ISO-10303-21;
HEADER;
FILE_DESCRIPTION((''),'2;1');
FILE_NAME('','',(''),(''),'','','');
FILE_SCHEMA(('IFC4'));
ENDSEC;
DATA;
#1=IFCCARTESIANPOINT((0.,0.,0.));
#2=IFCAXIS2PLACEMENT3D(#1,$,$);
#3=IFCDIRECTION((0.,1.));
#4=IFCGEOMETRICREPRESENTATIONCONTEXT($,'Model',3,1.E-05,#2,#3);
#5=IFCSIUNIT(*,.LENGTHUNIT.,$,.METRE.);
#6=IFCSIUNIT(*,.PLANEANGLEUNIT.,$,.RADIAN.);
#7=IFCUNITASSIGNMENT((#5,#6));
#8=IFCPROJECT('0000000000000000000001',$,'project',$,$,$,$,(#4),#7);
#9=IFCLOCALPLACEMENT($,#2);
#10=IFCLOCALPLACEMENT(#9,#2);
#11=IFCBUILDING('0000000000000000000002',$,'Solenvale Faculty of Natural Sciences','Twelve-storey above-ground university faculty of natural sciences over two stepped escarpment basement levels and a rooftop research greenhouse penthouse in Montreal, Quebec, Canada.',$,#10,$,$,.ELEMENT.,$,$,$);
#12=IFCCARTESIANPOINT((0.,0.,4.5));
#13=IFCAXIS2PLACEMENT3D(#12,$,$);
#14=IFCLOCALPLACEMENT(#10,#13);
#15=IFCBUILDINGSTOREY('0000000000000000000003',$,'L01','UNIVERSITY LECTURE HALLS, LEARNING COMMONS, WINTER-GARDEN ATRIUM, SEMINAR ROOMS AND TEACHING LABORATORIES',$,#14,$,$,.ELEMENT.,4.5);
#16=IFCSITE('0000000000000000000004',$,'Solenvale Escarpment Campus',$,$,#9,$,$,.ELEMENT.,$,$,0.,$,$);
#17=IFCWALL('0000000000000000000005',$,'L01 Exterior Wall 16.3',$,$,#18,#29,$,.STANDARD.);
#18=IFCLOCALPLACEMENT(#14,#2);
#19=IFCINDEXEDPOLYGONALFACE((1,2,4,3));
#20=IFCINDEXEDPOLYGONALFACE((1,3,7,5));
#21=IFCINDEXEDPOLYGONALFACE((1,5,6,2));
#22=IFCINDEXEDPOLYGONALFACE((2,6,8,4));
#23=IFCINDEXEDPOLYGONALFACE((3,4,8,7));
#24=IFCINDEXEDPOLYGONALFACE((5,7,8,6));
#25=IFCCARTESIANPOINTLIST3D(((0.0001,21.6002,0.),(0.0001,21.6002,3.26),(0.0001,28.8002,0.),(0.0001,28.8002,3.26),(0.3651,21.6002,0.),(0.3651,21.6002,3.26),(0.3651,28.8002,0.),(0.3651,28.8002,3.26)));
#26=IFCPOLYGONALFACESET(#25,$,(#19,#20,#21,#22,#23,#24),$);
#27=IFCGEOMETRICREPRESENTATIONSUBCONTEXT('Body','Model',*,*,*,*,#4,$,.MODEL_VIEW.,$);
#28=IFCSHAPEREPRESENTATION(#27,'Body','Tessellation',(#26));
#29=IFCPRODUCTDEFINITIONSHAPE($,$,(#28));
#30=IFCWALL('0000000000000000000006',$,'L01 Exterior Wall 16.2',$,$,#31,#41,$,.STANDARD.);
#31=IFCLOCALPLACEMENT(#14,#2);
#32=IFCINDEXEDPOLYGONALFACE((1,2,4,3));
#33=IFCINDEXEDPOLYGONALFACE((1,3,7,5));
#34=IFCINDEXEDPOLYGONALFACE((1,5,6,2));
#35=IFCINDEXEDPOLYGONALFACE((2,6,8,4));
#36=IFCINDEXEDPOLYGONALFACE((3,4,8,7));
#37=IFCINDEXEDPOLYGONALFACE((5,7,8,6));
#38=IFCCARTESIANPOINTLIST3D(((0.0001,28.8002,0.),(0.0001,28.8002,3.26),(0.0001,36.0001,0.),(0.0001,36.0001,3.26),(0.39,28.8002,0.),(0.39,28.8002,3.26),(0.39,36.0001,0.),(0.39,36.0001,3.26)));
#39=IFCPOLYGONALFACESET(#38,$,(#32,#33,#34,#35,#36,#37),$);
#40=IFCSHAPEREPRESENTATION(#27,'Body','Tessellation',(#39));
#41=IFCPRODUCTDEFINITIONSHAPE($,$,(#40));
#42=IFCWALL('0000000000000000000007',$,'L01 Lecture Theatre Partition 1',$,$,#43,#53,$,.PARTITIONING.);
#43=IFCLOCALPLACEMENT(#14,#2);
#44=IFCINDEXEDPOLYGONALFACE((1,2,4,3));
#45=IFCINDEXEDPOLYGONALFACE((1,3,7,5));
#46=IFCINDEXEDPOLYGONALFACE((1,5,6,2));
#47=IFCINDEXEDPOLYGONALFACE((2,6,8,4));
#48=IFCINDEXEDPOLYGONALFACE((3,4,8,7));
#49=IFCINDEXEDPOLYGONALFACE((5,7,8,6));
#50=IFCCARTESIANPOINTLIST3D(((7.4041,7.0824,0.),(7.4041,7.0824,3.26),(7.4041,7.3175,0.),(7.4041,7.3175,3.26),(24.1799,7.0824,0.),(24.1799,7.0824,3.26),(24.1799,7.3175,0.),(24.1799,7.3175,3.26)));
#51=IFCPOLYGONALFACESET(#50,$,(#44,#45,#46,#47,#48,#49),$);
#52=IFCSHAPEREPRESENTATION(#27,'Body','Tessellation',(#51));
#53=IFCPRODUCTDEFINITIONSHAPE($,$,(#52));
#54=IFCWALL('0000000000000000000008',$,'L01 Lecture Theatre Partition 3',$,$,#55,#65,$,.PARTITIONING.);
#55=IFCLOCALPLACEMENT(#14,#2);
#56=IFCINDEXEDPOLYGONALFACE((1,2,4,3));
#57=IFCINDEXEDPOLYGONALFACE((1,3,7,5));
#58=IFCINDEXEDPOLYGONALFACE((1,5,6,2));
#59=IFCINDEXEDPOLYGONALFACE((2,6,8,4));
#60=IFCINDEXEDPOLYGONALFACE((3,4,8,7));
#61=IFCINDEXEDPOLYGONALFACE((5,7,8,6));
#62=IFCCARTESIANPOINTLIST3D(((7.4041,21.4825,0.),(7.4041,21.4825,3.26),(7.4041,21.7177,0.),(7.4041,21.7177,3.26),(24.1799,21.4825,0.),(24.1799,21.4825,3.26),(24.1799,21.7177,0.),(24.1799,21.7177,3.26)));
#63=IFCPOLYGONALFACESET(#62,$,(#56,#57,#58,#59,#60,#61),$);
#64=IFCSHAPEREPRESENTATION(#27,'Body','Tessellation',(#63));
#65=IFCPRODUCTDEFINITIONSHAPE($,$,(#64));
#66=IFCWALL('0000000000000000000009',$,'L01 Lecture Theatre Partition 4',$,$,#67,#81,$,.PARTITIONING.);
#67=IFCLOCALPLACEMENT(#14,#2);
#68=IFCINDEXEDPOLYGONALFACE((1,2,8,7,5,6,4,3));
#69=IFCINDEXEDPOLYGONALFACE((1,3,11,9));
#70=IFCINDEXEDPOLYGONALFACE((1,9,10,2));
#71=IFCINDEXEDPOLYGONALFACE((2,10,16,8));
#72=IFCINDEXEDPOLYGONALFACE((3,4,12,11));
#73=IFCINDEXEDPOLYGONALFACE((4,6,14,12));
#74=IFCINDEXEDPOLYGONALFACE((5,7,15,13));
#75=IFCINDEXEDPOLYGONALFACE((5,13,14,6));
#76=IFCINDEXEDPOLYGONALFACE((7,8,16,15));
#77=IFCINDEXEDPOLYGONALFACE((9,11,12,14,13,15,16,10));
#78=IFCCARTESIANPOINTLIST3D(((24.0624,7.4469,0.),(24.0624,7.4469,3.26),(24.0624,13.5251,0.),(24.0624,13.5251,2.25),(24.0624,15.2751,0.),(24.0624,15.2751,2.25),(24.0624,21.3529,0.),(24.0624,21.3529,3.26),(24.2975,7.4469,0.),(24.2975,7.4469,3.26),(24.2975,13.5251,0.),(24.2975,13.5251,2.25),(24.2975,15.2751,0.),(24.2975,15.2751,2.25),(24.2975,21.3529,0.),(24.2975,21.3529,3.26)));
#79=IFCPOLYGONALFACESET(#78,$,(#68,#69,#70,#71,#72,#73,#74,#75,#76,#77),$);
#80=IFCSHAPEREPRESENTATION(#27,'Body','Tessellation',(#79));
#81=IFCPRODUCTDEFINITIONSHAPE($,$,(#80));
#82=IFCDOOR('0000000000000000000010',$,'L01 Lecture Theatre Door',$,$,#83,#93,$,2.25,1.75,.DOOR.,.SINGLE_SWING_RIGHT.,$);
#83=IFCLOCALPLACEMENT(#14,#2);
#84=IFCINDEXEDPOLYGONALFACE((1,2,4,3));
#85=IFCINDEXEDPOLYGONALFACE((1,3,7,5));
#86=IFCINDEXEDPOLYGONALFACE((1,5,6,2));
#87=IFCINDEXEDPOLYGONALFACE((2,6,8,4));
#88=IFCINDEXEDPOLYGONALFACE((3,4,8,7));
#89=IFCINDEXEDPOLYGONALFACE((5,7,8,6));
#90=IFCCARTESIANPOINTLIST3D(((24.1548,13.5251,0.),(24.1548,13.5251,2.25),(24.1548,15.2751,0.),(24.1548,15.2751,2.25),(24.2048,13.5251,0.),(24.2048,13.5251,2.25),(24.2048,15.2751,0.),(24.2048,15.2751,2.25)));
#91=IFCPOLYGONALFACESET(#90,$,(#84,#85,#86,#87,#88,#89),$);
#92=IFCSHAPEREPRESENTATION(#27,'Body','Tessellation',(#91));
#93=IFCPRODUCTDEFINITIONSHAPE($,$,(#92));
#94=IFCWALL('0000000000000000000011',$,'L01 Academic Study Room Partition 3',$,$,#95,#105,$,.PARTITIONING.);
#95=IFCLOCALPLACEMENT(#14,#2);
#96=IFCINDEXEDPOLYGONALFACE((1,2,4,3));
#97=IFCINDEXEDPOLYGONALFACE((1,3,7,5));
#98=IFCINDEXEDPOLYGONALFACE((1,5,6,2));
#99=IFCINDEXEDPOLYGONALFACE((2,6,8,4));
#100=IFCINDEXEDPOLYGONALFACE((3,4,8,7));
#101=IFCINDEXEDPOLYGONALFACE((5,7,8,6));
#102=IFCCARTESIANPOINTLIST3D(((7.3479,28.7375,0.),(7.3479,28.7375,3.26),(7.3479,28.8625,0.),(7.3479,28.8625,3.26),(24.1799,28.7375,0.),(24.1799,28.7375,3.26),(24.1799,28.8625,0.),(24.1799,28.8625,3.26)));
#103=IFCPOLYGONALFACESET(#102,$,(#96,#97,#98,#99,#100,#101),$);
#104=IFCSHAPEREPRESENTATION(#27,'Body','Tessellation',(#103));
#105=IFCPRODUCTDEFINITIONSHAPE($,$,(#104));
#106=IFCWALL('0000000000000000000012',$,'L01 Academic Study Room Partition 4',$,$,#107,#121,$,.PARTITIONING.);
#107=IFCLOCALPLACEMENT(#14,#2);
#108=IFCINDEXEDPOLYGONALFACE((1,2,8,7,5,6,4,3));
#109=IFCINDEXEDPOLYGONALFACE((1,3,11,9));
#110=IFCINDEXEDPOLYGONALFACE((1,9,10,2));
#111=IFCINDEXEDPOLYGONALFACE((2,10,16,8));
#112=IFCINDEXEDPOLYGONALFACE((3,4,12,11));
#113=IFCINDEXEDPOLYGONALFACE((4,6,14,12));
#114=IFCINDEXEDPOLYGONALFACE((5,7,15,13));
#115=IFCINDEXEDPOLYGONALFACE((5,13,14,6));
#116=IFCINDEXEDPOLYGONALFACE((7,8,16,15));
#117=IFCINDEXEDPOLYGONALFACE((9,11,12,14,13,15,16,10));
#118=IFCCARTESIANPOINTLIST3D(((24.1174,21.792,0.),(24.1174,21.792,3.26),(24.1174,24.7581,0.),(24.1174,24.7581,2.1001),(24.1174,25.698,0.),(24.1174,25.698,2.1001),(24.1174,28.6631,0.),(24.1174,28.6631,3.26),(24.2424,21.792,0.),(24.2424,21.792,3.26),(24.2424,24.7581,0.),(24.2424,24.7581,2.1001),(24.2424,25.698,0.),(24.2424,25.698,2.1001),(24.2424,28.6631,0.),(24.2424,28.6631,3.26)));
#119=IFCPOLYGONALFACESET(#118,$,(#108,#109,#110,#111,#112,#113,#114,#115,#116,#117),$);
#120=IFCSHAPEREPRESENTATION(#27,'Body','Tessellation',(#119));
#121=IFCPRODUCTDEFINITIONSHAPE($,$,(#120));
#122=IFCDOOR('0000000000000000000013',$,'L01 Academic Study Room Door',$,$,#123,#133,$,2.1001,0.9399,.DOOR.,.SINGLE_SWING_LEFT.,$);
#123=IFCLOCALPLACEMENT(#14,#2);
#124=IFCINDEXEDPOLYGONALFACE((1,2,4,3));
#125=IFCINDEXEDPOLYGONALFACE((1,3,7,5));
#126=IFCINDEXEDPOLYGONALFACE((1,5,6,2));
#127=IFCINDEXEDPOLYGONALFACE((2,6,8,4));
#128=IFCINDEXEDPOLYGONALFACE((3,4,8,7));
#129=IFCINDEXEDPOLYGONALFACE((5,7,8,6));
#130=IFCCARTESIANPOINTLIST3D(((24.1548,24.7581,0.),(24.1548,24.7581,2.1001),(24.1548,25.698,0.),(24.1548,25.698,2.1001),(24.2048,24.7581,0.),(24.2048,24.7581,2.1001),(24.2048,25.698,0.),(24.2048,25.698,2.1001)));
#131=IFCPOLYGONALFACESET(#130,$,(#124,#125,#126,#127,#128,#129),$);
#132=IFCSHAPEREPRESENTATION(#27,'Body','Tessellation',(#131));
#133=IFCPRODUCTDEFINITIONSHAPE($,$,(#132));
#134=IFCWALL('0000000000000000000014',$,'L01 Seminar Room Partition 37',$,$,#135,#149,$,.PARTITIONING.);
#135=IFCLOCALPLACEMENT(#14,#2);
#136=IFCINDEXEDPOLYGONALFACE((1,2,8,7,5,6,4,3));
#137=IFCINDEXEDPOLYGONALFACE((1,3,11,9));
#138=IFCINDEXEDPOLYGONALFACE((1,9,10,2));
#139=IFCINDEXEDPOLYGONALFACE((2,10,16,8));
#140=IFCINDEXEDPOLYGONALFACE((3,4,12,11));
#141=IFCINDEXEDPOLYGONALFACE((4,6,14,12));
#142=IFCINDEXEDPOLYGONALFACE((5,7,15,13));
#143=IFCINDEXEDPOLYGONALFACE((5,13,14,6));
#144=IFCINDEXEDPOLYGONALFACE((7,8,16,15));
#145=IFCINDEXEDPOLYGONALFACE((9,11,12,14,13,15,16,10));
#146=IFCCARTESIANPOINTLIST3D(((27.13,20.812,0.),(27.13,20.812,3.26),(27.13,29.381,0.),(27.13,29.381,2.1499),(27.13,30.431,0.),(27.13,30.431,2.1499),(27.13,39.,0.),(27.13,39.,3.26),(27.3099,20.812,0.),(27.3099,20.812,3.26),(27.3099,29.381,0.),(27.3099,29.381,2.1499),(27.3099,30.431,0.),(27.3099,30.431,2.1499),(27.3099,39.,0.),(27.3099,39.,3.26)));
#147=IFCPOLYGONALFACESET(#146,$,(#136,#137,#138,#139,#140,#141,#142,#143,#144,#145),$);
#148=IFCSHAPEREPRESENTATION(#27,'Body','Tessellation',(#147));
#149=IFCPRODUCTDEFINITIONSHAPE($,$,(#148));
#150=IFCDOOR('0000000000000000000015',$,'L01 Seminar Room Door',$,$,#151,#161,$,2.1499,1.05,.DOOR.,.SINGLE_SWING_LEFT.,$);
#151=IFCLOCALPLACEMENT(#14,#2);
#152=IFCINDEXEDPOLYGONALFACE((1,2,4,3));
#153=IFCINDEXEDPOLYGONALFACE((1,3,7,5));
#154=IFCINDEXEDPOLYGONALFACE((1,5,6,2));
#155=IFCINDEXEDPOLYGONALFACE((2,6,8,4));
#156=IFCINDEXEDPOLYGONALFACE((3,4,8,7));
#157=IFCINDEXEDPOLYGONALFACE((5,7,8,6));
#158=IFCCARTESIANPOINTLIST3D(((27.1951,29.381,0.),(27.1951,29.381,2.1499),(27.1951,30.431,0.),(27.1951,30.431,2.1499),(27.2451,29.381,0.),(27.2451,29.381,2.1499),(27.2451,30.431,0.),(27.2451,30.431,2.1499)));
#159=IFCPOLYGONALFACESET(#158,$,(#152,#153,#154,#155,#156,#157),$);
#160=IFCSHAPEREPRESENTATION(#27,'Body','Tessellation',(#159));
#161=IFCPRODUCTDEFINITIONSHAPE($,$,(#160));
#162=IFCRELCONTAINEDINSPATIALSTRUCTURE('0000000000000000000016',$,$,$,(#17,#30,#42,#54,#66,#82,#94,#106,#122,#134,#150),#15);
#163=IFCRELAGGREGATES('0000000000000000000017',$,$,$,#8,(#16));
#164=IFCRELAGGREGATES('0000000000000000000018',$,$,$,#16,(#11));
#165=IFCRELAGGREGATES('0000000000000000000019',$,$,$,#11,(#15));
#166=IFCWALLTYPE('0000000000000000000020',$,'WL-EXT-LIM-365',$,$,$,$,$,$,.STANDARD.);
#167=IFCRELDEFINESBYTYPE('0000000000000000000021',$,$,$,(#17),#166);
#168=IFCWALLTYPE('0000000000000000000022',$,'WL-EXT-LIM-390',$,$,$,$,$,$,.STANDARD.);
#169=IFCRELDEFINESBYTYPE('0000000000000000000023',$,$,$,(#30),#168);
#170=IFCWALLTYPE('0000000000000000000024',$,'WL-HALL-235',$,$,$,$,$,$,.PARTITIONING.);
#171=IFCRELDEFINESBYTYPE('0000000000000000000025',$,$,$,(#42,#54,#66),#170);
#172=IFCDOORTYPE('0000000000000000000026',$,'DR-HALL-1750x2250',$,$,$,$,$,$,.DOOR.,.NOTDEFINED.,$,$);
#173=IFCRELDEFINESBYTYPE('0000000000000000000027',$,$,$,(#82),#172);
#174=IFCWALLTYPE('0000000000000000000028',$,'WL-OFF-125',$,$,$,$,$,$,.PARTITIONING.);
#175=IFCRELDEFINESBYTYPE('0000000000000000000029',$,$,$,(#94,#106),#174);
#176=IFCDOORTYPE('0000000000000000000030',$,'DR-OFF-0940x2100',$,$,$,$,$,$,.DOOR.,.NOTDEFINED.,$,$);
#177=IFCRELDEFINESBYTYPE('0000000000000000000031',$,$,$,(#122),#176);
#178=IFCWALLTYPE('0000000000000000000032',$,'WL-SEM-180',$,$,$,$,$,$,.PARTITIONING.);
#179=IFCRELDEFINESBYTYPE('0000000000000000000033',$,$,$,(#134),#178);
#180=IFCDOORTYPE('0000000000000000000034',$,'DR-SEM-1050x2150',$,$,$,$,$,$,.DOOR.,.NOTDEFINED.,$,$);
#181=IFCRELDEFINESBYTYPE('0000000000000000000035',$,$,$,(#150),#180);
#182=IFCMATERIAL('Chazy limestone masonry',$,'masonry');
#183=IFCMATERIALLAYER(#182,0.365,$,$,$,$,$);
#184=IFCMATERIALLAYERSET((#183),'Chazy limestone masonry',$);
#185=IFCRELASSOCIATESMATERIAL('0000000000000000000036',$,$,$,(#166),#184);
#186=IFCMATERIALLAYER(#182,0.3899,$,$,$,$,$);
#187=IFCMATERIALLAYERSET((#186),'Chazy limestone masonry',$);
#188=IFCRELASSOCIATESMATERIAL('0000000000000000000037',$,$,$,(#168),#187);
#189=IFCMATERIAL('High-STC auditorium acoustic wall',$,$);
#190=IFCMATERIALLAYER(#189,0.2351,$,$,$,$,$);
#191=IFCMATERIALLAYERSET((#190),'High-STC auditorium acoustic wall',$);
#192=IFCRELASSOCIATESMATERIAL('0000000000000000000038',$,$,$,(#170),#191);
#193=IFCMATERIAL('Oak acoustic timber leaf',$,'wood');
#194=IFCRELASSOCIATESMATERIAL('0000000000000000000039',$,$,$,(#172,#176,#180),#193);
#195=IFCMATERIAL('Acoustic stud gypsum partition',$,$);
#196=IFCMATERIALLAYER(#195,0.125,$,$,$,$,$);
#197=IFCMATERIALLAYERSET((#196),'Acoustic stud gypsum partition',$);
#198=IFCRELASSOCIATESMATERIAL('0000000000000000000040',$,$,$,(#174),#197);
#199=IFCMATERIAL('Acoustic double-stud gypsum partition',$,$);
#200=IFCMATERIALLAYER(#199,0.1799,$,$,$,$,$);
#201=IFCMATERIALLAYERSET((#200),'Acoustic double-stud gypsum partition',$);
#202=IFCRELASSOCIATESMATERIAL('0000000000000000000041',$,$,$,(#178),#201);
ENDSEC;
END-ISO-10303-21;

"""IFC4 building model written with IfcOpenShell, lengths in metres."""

from ifc_helpers import new_model, si_unit, direction, frame, frame_2d, origin, place, context, subcontext, project, spatial, rectangle, extrude, material, layer, layer_set, type_object, element, fill, save


model = new_model("IFC4")

# Units and contexts
model_context = context("Model", 3, precision=1e-05, world=origin(), true_north=direction((0.0, 1.0)))
body_context = subcontext(model_context, "Body", "Model", "MODEL_VIEW")
ifc_project = project(units=[si_unit("LENGTHUNIT", "METRE"), si_unit("PLANEANGLEUNIT", "RADIAN")], contexts=[model_context])

# Site, building, storey
site_placement = place(None, origin())
site = spatial("IfcSite", under=ifc_project, at=site_placement, Name="Solenvale Escarpment Campus", CompositionType="ELEMENT", RefElevation=0.0)
building_placement = place(site_placement, origin())
building = spatial("IfcBuilding", under=site, at=building_placement, Name="Solenvale Faculty of Natural Sciences", Description="Twelve-storey above-ground university faculty of natural sciences over two stepped escarpment basement levels and a rooftop research greenhouse penthouse in Montreal, Quebec, Canada.", CompositionType="ELEMENT")
storey_placement = place(building_placement, frame((0.0, 0.0, 4.5)))
storey = spatial("IfcBuildingStorey", under=building, at=storey_placement, Name="L01", Description="UNIVERSITY LECTURE HALLS, LEARNING COMMONS, WINTER-GARDEN ATRIUM, SEMINAR ROOMS AND TEACHING LABORATORIES", CompositionType="ELEMENT", Elevation=4.5)

# Walls
ifc_material_1 = material(Name="Chazy limestone masonry", Category="masonry")
ifc_layer_1 = layer(ifc_material_1, 0.365)
ifc_layer_set_1 = layer_set([ifc_layer_1], Name="Chazy limestone masonry")
wall_type_1 = type_object("IfcWallType", Name="WL-EXT-LIM-365", PredefinedType="STANDARD", material=ifc_layer_set_1)
wall_1_placement = place(storey_placement, frame((0.1826, 21.6001, 0.0), z_axis=(0.0, 0.0, 1.0), x_axis=(0.0, 1.0, 0.0)))
element("IfcWall", 1, at=wall_1_placement, inside=storey, type_object=wall_type_1, Name="L01 Exterior Wall 16.3", PredefinedType="STANDARD", context=body_context, shape_type="SweptSolid", body=[
    extrude(rectangle(XDim=7.2, YDim=0.365, at=frame_2d((3.6001, 0.0))), origin(), (0.0, 0.0, 1.0), 3.26),
])
ifc_layer_2 = layer(ifc_material_1, 0.3899)
ifc_layer_set_2 = layer_set([ifc_layer_2], Name="Chazy limestone masonry")
wall_type_2 = type_object("IfcWallType", Name="WL-EXT-LIM-390", PredefinedType="STANDARD", material=ifc_layer_set_2)
wall_2_placement = place(storey_placement, frame((0.1951, 28.8, 0.0), z_axis=(0.0, 0.0, 1.0), x_axis=(0.0, 1.0, 0.0)))
element("IfcWall", 2, at=wall_2_placement, inside=storey, type_object=wall_type_2, Name="L01 Exterior Wall 16.2", PredefinedType="STANDARD", context=body_context, shape_type="SweptSolid", body=[
    extrude(rectangle(XDim=7.2, YDim=0.3899, at=frame_2d((3.6001, 0.0))), origin(), (0.0, 0.0, 1.0), 3.26),
])
ifc_material_2 = material(Name="High-STC auditorium acoustic wall")
ifc_layer_3 = layer(ifc_material_2, 0.2351)
ifc_layer_set_3 = layer_set([ifc_layer_3], Name="High-STC auditorium acoustic wall")
wall_type_3 = type_object("IfcWallType", Name="WL-HALL-235", PredefinedType="PARTITIONING", material=ifc_layer_set_3)
for number, where, z_axis, x_axis, name in (
    (3, (24.1799, 7.2, 0.0), (0.0, 0.0, 1.0), (-1.0, 0.0, 0.0), "L01 Lecture Theatre Partition 1"),
    (4, (7.4041, 21.6001, 0.0), (0.0, 0.0, 1.0), (1.0, 0.0, 0.0), "L01 Lecture Theatre Partition 3"),
):
    element("IfcWall", number, at=place(storey_placement, frame(where, z_axis=z_axis, x_axis=x_axis)), inside=storey, type_object=wall_type_3, Name=name, PredefinedType="PARTITIONING", context=body_context, shape_type="SweptSolid", body=[
        extrude(rectangle(XDim=16.7759, YDim=0.2351, at=frame_2d((8.3879, 0.0))), origin(), (0.0, 0.0, 1.0), 3.26),
    ])

# Wall, opening, door
wall_3_placement = place(storey_placement, frame((24.1799, 21.353, 0.0), z_axis=(0.0, 0.0, 1.0), x_axis=(0.0, -1.0, 0.0)))
wall_3 = element("IfcWall", 5, at=wall_3_placement, inside=storey, type_object=wall_type_3, Name="L01 Lecture Theatre Partition 4", PredefinedType="PARTITIONING", context=body_context, shape_type="SweptSolid", body=[
    extrude(rectangle(XDim=13.906, YDim=0.2351, at=frame_2d((6.9531, 0.0))), origin(), (0.0, 0.0, 1.0), 3.26),
])
opening_1_placement = place(wall_3_placement, frame((6.0779, 0.0, 0.0)))
opening_1 = element("IfcOpeningElement", 6, at=opening_1_placement, cuts=wall_3, PredefinedType="OPENING", context=body_context, shape_type="SweptSolid", body=[
    extrude(rectangle(XDim=1.75, YDim=2.25, at=frame_2d((0.875, 1.125))), frame((0.0, 0.1274, 0.0), z_axis=(0.0, -1.0, 0.0), x_axis=(1.0, 0.0, 0.0)), (0.0, 0.0, 1.0), 0.2551),
])
ifc_material_3 = material(Name="Oak acoustic timber leaf", Category="wood")
door_type_1 = type_object("IfcDoorType", Name="DR-HALL-1750x2250", OperationType="NOTDEFINED", PredefinedType="DOOR", material=ifc_material_3)
door_1_placement = place(opening_1_placement, origin())
door_1 = element("IfcDoor", 7, at=door_1_placement, inside=storey, type_object=door_type_1, Name="L01 Lecture Theatre Door", OperationType="SINGLE_SWING_RIGHT", OverallHeight=2.25, OverallWidth=1.75, PredefinedType="DOOR", context=body_context, shape_type="SweptSolid", body=[
    extrude(rectangle(XDim=1.75, YDim=2.25, at=frame_2d((0.875, 1.125))), frame((0.0, 0.0249, 0.0), z_axis=(0.0, -1.0, 0.0), x_axis=(1.0, 0.0, 0.0)), (0.0, 0.0, 1.0), 0.05),
])
fill(opening_1, door_1)

# Wall
ifc_material_4 = material(Name="Acoustic stud gypsum partition")
ifc_layer_4 = layer(ifc_material_4, 0.125)
ifc_layer_set_4 = layer_set([ifc_layer_4], Name="Acoustic stud gypsum partition")
wall_type_4 = type_object("IfcWallType", Name="WL-OFF-125", PredefinedType="PARTITIONING", material=ifc_layer_set_4)
wall_4_placement = place(storey_placement, frame((7.3479, 28.8, 0.0), z_axis=(0.0, 0.0, 1.0), x_axis=(1.0, 0.0, 0.0)))
element("IfcWall", 8, at=wall_4_placement, inside=storey, type_object=wall_type_4, Name="L01 Academic Study Room Partition 3", PredefinedType="PARTITIONING", context=body_context, shape_type="SweptSolid", body=[
    extrude(rectangle(XDim=16.832, YDim=0.125, at=frame_2d((8.416, 0.0))), origin(), (0.0, 0.0, 1.0), 3.26),
])

# Walls, openings, doors
wall_5_placement = place(storey_placement, frame((24.1799, 28.6631, 0.0), z_axis=(0.0, 0.0, 1.0), x_axis=(0.0, -1.0, 0.0)))
wall_5 = element("IfcWall", 9, at=wall_5_placement, inside=storey, type_object=wall_type_4, Name="L01 Academic Study Room Partition 4", PredefinedType="PARTITIONING", context=body_context, shape_type="SweptSolid", body=[
    extrude(rectangle(XDim=6.8711, YDim=0.125, at=frame_2d((3.4355, 0.0))), origin(), (0.0, 0.0, 1.0), 3.26),
])
opening_2_placement = place(wall_5_placement, frame((2.9651, 0.0, 0.0)))
opening_2 = element("IfcOpeningElement", 10, at=opening_2_placement, cuts=wall_5, PredefinedType="OPENING", context=body_context, shape_type="SweptSolid", body=[
    extrude(rectangle(XDim=0.9399, YDim=2.1001, at=frame_2d((0.47, 1.05))), frame((0.0, 0.0725, 0.0), z_axis=(0.0, -1.0, 0.0), x_axis=(1.0, 0.0, 0.0)), (0.0, 0.0, 1.0), 0.145),
])
door_type_2 = type_object("IfcDoorType", Name="DR-OFF-0940x2100", OperationType="NOTDEFINED", PredefinedType="DOOR", material=ifc_material_3)
door_2_placement = place(opening_2_placement, origin())
door_2 = element("IfcDoor", 11, at=door_2_placement, inside=storey, type_object=door_type_2, Name="L01 Academic Study Room Door", OperationType="SINGLE_SWING_LEFT", OverallHeight=2.1001, OverallWidth=0.9399, PredefinedType="DOOR", context=body_context, shape_type="SweptSolid", body=[
    extrude(rectangle(XDim=0.9399, YDim=2.1001, at=frame_2d((0.47, 1.05))), frame((0.0, 0.0249, 0.0), z_axis=(0.0, -1.0, 0.0), x_axis=(1.0, 0.0, 0.0)), (0.0, 0.0, 1.0), 0.05),
])
fill(opening_2, door_2)
ifc_material_5 = material(Name="Acoustic double-stud gypsum partition")
ifc_layer_5 = layer(ifc_material_5, 0.1799)
ifc_layer_set_5 = layer_set([ifc_layer_5], Name="Acoustic double-stud gypsum partition")
wall_type_5 = type_object("IfcWallType", Name="WL-SEM-180", PredefinedType="PARTITIONING", material=ifc_layer_set_5)
wall_6_placement = place(storey_placement, frame((27.22, 20.812, 0.0), z_axis=(0.0, 0.0, 1.0), x_axis=(0.0, 1.0, 0.0)))
wall_6 = element("IfcWall", 12, at=wall_6_placement, inside=storey, type_object=wall_type_5, Name="L01 Seminar Room Partition 37", PredefinedType="PARTITIONING", context=body_context, shape_type="SweptSolid", body=[
    extrude(rectangle(XDim=18.188, YDim=0.1799, at=frame_2d((9.094, 0.0))), origin(), (0.0, 0.0, 1.0), 3.26),
])
opening_3_placement = place(wall_6_placement, frame((8.5691, 0.0, 0.0)))
opening_3 = element("IfcOpeningElement", 13, at=opening_3_placement, cuts=wall_6, PredefinedType="OPENING", context=body_context, shape_type="SweptSolid", body=[
    extrude(rectangle(XDim=1.05, YDim=2.1499, at=frame_2d((0.5249, 1.075))), frame((0.0, 0.0999, 0.0), z_axis=(0.0, -1.0, 0.0), x_axis=(1.0, 0.0, 0.0)), (0.0, 0.0, 1.0), 0.2),
])
door_type_3 = type_object("IfcDoorType", Name="DR-SEM-1050x2150", OperationType="NOTDEFINED", PredefinedType="DOOR", material=ifc_material_3)
door_3_placement = place(opening_3_placement, origin())
door_3 = element("IfcDoor", 14, at=door_3_placement, inside=storey, type_object=door_type_3, Name="L01 Seminar Room Door", OperationType="SINGLE_SWING_LEFT", OverallHeight=2.1499, OverallWidth=1.05, PredefinedType="DOOR", context=body_context, shape_type="SweptSolid", body=[
    extrude(rectangle(XDim=1.05, YDim=2.1499, at=frame_2d((0.5249, 1.075))), frame((0.0, 0.0249, 0.0), z_axis=(0.0, -1.0, 0.0), x_axis=(1.0, 0.0, 0.0)), (0.0, 0.0, 1.0), 0.05),
])
fill(opening_3, door_3)

save(model, "model.ifc")
